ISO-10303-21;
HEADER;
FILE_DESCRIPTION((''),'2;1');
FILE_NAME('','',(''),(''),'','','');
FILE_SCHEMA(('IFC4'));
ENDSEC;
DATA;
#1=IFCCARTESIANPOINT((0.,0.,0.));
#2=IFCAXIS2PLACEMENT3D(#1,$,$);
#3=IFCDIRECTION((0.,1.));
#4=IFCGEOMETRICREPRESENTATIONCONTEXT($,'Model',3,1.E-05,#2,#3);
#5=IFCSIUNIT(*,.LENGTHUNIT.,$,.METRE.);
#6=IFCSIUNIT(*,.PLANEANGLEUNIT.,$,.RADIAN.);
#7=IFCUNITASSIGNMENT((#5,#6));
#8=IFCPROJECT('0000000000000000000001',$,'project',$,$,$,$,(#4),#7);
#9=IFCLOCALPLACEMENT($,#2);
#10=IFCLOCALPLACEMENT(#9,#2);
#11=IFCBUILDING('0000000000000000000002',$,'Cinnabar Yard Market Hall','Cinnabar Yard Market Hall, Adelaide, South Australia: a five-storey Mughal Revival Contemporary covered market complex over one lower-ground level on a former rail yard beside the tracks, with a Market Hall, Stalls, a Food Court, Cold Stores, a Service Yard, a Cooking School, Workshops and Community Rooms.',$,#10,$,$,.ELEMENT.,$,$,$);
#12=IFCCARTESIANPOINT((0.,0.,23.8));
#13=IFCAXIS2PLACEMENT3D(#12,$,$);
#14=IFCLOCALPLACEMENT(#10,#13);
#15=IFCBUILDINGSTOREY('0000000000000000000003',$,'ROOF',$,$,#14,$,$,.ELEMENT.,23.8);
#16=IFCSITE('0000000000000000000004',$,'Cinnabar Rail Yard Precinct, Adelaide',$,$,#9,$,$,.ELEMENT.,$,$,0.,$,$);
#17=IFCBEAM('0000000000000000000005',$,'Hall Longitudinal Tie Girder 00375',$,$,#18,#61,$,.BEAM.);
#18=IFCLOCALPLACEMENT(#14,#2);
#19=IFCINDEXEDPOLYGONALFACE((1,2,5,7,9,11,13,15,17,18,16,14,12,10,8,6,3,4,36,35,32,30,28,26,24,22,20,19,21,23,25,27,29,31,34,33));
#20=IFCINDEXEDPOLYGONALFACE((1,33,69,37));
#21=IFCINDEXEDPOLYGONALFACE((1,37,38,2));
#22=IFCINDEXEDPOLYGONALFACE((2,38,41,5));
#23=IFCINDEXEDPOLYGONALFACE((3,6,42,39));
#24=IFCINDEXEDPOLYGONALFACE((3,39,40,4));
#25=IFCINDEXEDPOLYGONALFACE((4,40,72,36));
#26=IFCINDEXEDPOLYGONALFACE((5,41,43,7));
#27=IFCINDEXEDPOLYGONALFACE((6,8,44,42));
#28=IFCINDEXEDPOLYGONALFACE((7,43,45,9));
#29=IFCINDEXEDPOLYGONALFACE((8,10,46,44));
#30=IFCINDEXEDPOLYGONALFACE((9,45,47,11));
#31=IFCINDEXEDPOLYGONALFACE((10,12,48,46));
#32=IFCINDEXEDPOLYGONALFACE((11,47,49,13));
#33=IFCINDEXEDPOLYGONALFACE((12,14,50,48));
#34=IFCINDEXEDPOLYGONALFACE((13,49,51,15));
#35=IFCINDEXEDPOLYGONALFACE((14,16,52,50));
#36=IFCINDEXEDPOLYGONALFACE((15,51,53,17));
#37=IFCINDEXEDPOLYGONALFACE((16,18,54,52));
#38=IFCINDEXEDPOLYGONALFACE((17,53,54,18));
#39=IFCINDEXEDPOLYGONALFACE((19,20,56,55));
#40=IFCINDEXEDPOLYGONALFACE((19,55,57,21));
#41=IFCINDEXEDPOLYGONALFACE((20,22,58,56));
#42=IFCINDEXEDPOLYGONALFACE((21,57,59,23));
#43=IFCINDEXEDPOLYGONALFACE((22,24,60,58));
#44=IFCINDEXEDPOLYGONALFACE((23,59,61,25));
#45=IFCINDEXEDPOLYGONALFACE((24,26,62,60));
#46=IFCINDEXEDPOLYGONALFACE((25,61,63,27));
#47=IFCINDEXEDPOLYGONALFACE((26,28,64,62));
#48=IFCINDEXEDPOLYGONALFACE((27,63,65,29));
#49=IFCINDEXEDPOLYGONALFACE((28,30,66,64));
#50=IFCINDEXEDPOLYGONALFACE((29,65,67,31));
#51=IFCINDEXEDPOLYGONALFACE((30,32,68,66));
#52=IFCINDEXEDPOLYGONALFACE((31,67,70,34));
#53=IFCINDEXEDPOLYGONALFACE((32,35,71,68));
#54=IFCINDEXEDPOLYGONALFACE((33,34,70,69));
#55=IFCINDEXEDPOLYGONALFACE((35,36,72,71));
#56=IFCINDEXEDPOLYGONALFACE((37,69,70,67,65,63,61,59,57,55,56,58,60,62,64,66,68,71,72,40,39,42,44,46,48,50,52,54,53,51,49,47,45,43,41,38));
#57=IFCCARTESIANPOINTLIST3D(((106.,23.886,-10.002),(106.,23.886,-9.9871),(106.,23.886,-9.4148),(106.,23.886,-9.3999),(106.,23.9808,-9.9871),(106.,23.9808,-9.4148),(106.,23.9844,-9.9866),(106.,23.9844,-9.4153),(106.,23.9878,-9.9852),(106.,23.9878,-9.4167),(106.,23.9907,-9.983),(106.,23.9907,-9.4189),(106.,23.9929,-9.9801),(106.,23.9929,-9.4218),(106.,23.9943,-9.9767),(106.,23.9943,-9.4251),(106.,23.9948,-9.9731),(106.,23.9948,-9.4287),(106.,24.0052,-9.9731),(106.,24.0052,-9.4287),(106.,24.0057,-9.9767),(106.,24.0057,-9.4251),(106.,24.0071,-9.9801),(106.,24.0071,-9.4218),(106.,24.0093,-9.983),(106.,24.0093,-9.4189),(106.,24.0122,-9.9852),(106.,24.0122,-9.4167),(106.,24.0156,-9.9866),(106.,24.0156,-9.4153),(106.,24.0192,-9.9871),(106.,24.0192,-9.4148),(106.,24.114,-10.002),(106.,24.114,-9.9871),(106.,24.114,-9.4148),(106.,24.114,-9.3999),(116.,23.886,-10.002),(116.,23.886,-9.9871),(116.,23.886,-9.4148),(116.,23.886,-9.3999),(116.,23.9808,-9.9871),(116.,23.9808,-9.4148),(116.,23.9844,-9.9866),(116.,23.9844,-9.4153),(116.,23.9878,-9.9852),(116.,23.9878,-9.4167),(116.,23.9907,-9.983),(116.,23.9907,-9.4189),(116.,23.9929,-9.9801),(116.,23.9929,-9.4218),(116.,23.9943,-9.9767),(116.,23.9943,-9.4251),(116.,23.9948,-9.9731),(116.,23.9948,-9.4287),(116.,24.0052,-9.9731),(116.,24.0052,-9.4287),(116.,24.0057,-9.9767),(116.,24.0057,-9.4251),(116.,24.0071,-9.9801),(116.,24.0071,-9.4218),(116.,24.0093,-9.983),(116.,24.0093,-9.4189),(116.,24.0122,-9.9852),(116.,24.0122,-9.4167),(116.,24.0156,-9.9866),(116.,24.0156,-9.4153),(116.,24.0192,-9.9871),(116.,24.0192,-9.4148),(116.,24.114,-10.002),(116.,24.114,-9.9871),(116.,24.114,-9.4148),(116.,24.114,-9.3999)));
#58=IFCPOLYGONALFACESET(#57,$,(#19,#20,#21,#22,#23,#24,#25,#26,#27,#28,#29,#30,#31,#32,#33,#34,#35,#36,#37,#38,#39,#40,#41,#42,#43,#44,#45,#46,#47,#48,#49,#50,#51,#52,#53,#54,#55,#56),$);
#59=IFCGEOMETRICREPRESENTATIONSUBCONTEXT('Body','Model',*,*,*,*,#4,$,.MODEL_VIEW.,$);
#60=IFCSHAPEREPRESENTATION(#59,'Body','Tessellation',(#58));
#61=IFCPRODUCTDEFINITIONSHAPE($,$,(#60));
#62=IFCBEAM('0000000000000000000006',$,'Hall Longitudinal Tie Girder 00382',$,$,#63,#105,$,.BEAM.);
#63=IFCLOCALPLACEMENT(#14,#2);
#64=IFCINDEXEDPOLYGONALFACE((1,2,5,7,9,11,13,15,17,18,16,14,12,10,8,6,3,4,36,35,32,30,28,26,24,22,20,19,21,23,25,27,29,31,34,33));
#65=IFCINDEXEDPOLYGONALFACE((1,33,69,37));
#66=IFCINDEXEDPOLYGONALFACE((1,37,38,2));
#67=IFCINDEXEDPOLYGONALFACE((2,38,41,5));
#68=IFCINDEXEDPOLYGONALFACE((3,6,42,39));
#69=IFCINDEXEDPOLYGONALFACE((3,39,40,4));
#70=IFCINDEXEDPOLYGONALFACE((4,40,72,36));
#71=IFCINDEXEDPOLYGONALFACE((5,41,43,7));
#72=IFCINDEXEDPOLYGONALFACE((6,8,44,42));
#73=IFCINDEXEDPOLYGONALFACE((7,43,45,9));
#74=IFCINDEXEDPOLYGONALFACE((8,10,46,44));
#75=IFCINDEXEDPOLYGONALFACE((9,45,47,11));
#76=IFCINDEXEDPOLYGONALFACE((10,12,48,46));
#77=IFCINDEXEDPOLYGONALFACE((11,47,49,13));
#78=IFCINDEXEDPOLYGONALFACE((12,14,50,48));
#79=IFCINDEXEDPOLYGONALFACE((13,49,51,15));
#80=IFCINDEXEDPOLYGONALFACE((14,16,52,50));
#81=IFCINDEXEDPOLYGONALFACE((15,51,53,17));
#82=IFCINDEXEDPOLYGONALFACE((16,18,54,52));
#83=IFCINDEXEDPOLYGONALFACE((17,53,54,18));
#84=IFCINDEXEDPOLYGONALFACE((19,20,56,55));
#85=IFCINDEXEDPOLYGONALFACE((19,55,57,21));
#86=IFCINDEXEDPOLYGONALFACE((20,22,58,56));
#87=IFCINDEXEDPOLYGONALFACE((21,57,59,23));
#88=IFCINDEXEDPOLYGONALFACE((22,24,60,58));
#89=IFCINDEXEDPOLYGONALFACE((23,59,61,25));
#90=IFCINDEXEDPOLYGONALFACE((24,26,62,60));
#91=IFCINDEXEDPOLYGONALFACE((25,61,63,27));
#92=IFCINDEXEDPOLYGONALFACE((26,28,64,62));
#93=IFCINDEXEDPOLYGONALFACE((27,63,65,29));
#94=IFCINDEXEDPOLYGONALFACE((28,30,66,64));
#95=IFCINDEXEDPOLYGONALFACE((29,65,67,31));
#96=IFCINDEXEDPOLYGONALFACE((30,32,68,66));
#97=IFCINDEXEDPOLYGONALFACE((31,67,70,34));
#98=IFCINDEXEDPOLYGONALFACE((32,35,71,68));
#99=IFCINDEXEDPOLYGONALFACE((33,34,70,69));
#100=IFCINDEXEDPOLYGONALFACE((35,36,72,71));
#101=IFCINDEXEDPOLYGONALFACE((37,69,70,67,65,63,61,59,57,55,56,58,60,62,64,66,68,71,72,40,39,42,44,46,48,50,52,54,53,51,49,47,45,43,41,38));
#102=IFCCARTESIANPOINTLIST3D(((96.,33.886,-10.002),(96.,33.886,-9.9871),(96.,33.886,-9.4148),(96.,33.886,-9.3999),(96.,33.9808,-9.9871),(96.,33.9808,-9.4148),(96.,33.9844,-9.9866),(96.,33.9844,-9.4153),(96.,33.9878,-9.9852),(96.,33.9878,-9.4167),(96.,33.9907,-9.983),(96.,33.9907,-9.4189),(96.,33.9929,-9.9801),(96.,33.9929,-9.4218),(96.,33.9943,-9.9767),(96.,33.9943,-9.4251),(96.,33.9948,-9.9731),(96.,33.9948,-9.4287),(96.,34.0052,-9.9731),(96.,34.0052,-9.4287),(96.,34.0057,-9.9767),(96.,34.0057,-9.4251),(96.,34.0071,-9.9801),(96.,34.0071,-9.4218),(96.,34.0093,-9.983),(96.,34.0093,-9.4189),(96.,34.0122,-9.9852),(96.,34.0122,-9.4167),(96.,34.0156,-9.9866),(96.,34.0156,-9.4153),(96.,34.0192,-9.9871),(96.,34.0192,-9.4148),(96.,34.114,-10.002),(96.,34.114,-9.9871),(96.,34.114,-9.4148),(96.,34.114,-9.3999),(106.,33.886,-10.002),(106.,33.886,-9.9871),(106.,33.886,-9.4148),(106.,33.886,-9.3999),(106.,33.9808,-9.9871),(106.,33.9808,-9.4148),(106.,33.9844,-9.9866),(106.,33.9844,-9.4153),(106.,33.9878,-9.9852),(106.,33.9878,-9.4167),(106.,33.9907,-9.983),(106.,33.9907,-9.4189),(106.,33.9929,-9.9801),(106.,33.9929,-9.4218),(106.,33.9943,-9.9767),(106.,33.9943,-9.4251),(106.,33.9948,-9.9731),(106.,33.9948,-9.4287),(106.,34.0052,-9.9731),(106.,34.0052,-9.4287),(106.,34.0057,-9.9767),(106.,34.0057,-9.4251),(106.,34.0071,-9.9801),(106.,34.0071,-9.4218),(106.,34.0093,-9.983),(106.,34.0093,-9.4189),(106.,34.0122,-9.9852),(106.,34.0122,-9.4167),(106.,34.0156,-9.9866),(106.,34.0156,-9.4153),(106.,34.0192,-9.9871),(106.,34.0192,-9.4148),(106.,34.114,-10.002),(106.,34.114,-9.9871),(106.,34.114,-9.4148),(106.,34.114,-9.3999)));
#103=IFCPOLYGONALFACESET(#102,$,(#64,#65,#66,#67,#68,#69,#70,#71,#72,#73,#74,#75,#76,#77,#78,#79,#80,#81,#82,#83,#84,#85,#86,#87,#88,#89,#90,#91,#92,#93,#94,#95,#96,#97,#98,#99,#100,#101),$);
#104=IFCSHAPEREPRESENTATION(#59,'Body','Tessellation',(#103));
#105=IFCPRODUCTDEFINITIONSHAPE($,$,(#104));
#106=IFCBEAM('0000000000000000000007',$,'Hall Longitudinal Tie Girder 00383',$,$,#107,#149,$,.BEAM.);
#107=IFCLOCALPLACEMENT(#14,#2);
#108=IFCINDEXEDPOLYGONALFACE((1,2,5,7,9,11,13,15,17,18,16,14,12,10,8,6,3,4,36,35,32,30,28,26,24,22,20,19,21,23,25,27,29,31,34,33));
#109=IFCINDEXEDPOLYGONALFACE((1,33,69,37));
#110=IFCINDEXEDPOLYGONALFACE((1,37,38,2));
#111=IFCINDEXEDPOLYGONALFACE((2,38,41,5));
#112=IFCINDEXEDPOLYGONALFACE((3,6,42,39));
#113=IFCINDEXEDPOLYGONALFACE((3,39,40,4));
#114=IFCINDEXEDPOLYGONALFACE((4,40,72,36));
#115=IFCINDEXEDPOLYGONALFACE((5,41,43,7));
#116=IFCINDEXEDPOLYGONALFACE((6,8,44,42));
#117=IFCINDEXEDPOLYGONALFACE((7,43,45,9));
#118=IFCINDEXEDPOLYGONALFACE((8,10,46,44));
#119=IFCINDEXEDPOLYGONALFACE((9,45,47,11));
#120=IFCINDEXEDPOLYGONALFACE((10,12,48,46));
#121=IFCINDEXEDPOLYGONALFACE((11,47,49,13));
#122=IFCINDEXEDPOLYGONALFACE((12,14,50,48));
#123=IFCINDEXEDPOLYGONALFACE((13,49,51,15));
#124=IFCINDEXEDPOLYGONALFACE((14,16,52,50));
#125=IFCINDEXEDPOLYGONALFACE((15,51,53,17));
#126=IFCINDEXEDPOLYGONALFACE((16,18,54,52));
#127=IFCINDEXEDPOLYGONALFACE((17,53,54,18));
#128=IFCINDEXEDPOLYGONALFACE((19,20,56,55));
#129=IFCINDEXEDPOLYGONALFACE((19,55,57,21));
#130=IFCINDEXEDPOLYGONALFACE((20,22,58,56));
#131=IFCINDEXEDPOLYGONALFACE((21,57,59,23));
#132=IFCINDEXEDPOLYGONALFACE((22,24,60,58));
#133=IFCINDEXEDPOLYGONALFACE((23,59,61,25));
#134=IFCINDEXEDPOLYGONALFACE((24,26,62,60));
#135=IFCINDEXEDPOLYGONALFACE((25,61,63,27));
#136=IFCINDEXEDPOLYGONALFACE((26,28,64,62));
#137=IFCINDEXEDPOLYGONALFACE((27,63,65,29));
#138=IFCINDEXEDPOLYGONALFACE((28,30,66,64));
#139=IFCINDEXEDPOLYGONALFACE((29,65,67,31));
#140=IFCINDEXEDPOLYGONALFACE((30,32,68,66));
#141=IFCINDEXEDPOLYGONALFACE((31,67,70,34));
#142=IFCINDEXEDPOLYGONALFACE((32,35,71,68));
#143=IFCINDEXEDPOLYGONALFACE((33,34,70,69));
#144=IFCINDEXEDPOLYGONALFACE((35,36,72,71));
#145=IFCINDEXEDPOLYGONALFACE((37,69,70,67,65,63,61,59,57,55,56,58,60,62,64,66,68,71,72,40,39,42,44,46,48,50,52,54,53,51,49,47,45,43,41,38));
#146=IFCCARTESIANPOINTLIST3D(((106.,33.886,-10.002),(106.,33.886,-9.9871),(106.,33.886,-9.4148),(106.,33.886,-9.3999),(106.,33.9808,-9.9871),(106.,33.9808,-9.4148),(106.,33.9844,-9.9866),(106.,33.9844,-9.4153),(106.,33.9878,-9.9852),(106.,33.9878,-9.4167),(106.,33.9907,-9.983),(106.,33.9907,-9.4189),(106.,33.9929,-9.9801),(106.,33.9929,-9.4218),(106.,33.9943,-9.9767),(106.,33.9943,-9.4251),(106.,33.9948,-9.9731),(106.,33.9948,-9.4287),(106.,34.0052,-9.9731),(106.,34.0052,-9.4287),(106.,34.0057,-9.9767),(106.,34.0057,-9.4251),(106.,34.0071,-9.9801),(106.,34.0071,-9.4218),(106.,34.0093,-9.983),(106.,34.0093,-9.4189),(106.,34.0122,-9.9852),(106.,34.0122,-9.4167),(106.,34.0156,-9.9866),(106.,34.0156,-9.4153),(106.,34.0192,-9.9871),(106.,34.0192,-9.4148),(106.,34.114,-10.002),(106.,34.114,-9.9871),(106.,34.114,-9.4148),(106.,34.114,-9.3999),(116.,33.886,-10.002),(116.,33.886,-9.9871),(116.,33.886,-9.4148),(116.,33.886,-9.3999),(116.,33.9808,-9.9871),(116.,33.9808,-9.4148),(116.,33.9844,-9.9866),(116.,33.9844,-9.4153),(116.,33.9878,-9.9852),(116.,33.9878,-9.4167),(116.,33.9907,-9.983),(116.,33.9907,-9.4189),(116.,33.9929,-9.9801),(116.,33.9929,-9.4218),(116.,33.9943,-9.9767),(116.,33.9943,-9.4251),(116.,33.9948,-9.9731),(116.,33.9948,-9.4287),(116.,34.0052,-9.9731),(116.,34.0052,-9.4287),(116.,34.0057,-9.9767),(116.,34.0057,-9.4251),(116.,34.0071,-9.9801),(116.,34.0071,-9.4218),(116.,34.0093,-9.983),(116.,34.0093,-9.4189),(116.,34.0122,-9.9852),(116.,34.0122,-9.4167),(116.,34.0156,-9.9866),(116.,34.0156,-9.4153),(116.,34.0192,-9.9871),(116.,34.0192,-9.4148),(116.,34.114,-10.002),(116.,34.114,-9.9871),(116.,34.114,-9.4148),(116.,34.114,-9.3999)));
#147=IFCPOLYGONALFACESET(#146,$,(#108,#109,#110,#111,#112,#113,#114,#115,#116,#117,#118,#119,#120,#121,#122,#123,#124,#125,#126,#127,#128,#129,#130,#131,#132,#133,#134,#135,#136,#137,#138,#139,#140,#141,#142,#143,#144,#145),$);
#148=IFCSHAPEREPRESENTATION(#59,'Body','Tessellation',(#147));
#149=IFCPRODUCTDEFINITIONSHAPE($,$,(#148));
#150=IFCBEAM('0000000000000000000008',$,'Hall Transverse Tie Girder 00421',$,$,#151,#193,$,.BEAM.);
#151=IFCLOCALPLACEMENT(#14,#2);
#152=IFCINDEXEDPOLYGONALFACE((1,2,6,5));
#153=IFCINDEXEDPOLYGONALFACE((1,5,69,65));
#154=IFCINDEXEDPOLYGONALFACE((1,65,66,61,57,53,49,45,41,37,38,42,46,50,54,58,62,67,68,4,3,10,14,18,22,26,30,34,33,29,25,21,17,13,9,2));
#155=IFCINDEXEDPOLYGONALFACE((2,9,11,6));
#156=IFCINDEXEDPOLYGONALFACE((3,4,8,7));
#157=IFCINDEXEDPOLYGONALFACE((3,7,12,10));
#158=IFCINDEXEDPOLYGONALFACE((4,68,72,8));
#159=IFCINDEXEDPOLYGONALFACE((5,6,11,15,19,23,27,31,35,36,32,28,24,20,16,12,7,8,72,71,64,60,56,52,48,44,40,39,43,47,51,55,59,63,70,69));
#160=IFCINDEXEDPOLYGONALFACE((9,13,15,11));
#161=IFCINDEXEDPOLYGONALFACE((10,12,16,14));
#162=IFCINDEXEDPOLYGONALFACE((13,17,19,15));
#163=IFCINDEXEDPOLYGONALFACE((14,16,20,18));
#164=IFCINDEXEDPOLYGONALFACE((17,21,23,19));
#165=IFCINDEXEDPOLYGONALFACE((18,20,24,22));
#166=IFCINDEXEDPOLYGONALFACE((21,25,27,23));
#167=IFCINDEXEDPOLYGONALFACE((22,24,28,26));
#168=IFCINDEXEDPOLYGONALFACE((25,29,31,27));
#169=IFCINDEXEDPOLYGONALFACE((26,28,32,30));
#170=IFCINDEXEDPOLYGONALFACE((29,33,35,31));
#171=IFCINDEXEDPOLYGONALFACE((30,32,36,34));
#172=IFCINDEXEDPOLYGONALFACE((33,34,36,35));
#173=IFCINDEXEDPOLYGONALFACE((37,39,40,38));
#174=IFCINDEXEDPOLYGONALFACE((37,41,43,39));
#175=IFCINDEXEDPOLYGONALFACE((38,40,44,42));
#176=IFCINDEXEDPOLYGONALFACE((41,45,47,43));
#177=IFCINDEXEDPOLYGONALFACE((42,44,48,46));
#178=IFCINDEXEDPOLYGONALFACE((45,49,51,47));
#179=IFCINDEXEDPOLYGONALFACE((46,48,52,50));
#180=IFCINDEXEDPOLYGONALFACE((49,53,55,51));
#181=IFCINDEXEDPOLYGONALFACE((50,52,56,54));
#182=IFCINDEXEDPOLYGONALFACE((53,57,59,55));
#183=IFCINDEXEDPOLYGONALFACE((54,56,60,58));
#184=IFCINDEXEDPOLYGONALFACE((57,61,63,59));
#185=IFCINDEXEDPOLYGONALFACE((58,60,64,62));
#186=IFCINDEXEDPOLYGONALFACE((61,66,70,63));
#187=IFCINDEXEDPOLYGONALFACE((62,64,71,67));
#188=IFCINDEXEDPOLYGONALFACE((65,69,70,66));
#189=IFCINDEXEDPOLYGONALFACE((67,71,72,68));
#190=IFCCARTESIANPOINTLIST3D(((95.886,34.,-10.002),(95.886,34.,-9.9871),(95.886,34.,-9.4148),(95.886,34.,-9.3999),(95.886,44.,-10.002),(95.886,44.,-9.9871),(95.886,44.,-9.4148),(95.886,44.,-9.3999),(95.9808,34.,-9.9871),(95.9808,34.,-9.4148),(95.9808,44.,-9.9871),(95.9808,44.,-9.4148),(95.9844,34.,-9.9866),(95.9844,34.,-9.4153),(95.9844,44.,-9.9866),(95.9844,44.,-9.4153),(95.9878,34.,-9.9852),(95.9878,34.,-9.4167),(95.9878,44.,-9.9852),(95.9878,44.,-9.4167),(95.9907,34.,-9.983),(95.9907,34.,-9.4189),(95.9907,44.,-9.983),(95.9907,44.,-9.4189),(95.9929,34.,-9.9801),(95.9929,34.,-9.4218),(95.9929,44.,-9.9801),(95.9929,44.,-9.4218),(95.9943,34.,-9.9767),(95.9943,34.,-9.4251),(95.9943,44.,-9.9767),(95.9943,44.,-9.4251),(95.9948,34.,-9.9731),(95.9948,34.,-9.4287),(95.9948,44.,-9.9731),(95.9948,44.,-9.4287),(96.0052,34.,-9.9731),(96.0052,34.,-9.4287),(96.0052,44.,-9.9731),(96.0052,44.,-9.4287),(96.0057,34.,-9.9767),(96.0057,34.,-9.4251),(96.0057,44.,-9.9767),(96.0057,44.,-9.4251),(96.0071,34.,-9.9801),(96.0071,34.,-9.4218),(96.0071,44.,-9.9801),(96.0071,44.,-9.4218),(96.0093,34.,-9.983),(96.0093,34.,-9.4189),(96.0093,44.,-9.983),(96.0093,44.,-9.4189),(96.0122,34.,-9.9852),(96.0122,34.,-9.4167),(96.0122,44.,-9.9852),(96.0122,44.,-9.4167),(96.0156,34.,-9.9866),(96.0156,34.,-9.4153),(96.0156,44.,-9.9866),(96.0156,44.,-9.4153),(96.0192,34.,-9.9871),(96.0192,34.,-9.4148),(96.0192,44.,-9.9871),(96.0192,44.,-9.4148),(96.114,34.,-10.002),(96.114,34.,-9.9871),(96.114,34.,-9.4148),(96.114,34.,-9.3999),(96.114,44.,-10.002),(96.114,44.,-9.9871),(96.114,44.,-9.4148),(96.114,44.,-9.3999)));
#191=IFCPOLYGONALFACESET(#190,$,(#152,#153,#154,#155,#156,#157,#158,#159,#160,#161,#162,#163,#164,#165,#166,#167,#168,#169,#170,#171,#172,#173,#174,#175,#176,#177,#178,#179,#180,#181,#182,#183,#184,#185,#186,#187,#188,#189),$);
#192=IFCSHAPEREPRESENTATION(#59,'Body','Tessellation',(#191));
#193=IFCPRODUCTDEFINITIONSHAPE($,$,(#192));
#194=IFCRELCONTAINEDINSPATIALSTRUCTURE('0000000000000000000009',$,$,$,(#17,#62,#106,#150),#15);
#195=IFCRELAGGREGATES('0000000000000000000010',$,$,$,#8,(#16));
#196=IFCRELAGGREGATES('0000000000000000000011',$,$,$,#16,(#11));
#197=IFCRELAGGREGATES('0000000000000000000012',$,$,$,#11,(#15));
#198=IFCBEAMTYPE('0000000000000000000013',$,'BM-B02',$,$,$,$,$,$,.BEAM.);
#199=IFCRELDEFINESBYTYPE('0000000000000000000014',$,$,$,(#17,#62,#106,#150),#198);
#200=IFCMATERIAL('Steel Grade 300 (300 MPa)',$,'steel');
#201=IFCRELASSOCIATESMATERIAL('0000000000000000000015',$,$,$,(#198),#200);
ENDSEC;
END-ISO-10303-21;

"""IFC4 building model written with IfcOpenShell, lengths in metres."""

from ifc_helpers import new_model, si_unit, direction, frame, origin, origin_2d_with_axis, place, context, subcontext, project, spatial, i_section, extrude, material, material_profile, profile_set, type_object, element, save


model = new_model("IFC4")

# Units and contexts
model_context = context("Model", 3, precision=1e-05, world=origin(), true_north=direction((0.0, 1.0)))
body_context = subcontext(model_context, "Body", "Model", "MODEL_VIEW")
ifc_project = project(units=[si_unit("LENGTHUNIT", "METRE"), si_unit("PLANEANGLEUNIT", "RADIAN")], contexts=[model_context])

# Site, building, storey
site_placement = place(None, origin())
site = spatial("IfcSite", under=ifc_project, at=site_placement, Name="Cinnabar Rail Yard Precinct, Adelaide", CompositionType="ELEMENT", RefElevation=0.0)
building_placement = place(site_placement, origin())
building = spatial("IfcBuilding", under=site, at=building_placement, Name="Cinnabar Yard Market Hall", Description="Cinnabar Yard Market Hall, Adelaide, South Australia: a five-storey Mughal Revival Contemporary covered market complex over one lower-ground level on a former rail yard beside the tracks, with a Market Hall, Stalls, a Food Court, Cold Stores, a Service Yard, a Cooking School, Workshops and Community Rooms.", CompositionType="ELEMENT")
storey_placement = place(building_placement, frame((0.0, 0.0, 23.8)))
storey = spatial("IfcBuildingStorey", under=building, at=storey_placement, Name="ROOF", CompositionType="ELEMENT", Elevation=23.8)

# Beams
ifc_material_1 = material(Name="Steel Grade 300 (300 MPa)", Category="steel")
ifc_material_profile_1 = material_profile(ifc_material_1, i_section(OverallWidth=0.228, OverallDepth=0.6021, WebThickness=0.0105, FlangeThickness=0.0149, FilletRadius=0.0139, at=origin_2d_with_axis()), Name="610UB101")
ifc_profile_set_1 = profile_set([ifc_material_profile_1], Name="Steel Grade 300 (300 MPa)")
beam_type_1 = type_object("IfcBeamType", Name="BM-B02", PredefinedType="BEAM", material=ifc_profile_set_1)
for number, where, z_axis, x_axis, name in (
    (1, (106.0, 24.0, -9.7009), (1.0, 0.0, 0.0), (0.0, 1.0, 0.0), "Hall Longitudinal Tie Girder 00375"),
    (2, (96.0, 34.0, -9.7009), (1.0, 0.0, 0.0), (0.0, 1.0, 0.0), "Hall Longitudinal Tie Girder 00382"),
    (3, (106.0, 34.0, -9.7009), (1.0, 0.0, 0.0), (0.0, 1.0, 0.0), "Hall Longitudinal Tie Girder 00383"),
    (4, (96.0, 34.0, -9.7009), (0.0, 1.0, 0.0), (-1.0, 0.0, 0.0), "Hall Transverse Tie Girder 00421"),
):
    element("IfcBeam", number, at=place(storey_placement, frame(where, z_axis=z_axis, x_axis=x_axis)), inside=storey, type_object=beam_type_1, Name=name, PredefinedType="BEAM", context=body_context, shape_type="SweptSolid", body=[
        extrude(i_section(OverallWidth=0.228, OverallDepth=0.6021, WebThickness=0.0105, FlangeThickness=0.0149, FilletRadius=0.0139, at=origin_2d_with_axis()), origin(), (0.0, 0.0, 1.0), 10.0),
    ])

save(model, "model.ifc")
